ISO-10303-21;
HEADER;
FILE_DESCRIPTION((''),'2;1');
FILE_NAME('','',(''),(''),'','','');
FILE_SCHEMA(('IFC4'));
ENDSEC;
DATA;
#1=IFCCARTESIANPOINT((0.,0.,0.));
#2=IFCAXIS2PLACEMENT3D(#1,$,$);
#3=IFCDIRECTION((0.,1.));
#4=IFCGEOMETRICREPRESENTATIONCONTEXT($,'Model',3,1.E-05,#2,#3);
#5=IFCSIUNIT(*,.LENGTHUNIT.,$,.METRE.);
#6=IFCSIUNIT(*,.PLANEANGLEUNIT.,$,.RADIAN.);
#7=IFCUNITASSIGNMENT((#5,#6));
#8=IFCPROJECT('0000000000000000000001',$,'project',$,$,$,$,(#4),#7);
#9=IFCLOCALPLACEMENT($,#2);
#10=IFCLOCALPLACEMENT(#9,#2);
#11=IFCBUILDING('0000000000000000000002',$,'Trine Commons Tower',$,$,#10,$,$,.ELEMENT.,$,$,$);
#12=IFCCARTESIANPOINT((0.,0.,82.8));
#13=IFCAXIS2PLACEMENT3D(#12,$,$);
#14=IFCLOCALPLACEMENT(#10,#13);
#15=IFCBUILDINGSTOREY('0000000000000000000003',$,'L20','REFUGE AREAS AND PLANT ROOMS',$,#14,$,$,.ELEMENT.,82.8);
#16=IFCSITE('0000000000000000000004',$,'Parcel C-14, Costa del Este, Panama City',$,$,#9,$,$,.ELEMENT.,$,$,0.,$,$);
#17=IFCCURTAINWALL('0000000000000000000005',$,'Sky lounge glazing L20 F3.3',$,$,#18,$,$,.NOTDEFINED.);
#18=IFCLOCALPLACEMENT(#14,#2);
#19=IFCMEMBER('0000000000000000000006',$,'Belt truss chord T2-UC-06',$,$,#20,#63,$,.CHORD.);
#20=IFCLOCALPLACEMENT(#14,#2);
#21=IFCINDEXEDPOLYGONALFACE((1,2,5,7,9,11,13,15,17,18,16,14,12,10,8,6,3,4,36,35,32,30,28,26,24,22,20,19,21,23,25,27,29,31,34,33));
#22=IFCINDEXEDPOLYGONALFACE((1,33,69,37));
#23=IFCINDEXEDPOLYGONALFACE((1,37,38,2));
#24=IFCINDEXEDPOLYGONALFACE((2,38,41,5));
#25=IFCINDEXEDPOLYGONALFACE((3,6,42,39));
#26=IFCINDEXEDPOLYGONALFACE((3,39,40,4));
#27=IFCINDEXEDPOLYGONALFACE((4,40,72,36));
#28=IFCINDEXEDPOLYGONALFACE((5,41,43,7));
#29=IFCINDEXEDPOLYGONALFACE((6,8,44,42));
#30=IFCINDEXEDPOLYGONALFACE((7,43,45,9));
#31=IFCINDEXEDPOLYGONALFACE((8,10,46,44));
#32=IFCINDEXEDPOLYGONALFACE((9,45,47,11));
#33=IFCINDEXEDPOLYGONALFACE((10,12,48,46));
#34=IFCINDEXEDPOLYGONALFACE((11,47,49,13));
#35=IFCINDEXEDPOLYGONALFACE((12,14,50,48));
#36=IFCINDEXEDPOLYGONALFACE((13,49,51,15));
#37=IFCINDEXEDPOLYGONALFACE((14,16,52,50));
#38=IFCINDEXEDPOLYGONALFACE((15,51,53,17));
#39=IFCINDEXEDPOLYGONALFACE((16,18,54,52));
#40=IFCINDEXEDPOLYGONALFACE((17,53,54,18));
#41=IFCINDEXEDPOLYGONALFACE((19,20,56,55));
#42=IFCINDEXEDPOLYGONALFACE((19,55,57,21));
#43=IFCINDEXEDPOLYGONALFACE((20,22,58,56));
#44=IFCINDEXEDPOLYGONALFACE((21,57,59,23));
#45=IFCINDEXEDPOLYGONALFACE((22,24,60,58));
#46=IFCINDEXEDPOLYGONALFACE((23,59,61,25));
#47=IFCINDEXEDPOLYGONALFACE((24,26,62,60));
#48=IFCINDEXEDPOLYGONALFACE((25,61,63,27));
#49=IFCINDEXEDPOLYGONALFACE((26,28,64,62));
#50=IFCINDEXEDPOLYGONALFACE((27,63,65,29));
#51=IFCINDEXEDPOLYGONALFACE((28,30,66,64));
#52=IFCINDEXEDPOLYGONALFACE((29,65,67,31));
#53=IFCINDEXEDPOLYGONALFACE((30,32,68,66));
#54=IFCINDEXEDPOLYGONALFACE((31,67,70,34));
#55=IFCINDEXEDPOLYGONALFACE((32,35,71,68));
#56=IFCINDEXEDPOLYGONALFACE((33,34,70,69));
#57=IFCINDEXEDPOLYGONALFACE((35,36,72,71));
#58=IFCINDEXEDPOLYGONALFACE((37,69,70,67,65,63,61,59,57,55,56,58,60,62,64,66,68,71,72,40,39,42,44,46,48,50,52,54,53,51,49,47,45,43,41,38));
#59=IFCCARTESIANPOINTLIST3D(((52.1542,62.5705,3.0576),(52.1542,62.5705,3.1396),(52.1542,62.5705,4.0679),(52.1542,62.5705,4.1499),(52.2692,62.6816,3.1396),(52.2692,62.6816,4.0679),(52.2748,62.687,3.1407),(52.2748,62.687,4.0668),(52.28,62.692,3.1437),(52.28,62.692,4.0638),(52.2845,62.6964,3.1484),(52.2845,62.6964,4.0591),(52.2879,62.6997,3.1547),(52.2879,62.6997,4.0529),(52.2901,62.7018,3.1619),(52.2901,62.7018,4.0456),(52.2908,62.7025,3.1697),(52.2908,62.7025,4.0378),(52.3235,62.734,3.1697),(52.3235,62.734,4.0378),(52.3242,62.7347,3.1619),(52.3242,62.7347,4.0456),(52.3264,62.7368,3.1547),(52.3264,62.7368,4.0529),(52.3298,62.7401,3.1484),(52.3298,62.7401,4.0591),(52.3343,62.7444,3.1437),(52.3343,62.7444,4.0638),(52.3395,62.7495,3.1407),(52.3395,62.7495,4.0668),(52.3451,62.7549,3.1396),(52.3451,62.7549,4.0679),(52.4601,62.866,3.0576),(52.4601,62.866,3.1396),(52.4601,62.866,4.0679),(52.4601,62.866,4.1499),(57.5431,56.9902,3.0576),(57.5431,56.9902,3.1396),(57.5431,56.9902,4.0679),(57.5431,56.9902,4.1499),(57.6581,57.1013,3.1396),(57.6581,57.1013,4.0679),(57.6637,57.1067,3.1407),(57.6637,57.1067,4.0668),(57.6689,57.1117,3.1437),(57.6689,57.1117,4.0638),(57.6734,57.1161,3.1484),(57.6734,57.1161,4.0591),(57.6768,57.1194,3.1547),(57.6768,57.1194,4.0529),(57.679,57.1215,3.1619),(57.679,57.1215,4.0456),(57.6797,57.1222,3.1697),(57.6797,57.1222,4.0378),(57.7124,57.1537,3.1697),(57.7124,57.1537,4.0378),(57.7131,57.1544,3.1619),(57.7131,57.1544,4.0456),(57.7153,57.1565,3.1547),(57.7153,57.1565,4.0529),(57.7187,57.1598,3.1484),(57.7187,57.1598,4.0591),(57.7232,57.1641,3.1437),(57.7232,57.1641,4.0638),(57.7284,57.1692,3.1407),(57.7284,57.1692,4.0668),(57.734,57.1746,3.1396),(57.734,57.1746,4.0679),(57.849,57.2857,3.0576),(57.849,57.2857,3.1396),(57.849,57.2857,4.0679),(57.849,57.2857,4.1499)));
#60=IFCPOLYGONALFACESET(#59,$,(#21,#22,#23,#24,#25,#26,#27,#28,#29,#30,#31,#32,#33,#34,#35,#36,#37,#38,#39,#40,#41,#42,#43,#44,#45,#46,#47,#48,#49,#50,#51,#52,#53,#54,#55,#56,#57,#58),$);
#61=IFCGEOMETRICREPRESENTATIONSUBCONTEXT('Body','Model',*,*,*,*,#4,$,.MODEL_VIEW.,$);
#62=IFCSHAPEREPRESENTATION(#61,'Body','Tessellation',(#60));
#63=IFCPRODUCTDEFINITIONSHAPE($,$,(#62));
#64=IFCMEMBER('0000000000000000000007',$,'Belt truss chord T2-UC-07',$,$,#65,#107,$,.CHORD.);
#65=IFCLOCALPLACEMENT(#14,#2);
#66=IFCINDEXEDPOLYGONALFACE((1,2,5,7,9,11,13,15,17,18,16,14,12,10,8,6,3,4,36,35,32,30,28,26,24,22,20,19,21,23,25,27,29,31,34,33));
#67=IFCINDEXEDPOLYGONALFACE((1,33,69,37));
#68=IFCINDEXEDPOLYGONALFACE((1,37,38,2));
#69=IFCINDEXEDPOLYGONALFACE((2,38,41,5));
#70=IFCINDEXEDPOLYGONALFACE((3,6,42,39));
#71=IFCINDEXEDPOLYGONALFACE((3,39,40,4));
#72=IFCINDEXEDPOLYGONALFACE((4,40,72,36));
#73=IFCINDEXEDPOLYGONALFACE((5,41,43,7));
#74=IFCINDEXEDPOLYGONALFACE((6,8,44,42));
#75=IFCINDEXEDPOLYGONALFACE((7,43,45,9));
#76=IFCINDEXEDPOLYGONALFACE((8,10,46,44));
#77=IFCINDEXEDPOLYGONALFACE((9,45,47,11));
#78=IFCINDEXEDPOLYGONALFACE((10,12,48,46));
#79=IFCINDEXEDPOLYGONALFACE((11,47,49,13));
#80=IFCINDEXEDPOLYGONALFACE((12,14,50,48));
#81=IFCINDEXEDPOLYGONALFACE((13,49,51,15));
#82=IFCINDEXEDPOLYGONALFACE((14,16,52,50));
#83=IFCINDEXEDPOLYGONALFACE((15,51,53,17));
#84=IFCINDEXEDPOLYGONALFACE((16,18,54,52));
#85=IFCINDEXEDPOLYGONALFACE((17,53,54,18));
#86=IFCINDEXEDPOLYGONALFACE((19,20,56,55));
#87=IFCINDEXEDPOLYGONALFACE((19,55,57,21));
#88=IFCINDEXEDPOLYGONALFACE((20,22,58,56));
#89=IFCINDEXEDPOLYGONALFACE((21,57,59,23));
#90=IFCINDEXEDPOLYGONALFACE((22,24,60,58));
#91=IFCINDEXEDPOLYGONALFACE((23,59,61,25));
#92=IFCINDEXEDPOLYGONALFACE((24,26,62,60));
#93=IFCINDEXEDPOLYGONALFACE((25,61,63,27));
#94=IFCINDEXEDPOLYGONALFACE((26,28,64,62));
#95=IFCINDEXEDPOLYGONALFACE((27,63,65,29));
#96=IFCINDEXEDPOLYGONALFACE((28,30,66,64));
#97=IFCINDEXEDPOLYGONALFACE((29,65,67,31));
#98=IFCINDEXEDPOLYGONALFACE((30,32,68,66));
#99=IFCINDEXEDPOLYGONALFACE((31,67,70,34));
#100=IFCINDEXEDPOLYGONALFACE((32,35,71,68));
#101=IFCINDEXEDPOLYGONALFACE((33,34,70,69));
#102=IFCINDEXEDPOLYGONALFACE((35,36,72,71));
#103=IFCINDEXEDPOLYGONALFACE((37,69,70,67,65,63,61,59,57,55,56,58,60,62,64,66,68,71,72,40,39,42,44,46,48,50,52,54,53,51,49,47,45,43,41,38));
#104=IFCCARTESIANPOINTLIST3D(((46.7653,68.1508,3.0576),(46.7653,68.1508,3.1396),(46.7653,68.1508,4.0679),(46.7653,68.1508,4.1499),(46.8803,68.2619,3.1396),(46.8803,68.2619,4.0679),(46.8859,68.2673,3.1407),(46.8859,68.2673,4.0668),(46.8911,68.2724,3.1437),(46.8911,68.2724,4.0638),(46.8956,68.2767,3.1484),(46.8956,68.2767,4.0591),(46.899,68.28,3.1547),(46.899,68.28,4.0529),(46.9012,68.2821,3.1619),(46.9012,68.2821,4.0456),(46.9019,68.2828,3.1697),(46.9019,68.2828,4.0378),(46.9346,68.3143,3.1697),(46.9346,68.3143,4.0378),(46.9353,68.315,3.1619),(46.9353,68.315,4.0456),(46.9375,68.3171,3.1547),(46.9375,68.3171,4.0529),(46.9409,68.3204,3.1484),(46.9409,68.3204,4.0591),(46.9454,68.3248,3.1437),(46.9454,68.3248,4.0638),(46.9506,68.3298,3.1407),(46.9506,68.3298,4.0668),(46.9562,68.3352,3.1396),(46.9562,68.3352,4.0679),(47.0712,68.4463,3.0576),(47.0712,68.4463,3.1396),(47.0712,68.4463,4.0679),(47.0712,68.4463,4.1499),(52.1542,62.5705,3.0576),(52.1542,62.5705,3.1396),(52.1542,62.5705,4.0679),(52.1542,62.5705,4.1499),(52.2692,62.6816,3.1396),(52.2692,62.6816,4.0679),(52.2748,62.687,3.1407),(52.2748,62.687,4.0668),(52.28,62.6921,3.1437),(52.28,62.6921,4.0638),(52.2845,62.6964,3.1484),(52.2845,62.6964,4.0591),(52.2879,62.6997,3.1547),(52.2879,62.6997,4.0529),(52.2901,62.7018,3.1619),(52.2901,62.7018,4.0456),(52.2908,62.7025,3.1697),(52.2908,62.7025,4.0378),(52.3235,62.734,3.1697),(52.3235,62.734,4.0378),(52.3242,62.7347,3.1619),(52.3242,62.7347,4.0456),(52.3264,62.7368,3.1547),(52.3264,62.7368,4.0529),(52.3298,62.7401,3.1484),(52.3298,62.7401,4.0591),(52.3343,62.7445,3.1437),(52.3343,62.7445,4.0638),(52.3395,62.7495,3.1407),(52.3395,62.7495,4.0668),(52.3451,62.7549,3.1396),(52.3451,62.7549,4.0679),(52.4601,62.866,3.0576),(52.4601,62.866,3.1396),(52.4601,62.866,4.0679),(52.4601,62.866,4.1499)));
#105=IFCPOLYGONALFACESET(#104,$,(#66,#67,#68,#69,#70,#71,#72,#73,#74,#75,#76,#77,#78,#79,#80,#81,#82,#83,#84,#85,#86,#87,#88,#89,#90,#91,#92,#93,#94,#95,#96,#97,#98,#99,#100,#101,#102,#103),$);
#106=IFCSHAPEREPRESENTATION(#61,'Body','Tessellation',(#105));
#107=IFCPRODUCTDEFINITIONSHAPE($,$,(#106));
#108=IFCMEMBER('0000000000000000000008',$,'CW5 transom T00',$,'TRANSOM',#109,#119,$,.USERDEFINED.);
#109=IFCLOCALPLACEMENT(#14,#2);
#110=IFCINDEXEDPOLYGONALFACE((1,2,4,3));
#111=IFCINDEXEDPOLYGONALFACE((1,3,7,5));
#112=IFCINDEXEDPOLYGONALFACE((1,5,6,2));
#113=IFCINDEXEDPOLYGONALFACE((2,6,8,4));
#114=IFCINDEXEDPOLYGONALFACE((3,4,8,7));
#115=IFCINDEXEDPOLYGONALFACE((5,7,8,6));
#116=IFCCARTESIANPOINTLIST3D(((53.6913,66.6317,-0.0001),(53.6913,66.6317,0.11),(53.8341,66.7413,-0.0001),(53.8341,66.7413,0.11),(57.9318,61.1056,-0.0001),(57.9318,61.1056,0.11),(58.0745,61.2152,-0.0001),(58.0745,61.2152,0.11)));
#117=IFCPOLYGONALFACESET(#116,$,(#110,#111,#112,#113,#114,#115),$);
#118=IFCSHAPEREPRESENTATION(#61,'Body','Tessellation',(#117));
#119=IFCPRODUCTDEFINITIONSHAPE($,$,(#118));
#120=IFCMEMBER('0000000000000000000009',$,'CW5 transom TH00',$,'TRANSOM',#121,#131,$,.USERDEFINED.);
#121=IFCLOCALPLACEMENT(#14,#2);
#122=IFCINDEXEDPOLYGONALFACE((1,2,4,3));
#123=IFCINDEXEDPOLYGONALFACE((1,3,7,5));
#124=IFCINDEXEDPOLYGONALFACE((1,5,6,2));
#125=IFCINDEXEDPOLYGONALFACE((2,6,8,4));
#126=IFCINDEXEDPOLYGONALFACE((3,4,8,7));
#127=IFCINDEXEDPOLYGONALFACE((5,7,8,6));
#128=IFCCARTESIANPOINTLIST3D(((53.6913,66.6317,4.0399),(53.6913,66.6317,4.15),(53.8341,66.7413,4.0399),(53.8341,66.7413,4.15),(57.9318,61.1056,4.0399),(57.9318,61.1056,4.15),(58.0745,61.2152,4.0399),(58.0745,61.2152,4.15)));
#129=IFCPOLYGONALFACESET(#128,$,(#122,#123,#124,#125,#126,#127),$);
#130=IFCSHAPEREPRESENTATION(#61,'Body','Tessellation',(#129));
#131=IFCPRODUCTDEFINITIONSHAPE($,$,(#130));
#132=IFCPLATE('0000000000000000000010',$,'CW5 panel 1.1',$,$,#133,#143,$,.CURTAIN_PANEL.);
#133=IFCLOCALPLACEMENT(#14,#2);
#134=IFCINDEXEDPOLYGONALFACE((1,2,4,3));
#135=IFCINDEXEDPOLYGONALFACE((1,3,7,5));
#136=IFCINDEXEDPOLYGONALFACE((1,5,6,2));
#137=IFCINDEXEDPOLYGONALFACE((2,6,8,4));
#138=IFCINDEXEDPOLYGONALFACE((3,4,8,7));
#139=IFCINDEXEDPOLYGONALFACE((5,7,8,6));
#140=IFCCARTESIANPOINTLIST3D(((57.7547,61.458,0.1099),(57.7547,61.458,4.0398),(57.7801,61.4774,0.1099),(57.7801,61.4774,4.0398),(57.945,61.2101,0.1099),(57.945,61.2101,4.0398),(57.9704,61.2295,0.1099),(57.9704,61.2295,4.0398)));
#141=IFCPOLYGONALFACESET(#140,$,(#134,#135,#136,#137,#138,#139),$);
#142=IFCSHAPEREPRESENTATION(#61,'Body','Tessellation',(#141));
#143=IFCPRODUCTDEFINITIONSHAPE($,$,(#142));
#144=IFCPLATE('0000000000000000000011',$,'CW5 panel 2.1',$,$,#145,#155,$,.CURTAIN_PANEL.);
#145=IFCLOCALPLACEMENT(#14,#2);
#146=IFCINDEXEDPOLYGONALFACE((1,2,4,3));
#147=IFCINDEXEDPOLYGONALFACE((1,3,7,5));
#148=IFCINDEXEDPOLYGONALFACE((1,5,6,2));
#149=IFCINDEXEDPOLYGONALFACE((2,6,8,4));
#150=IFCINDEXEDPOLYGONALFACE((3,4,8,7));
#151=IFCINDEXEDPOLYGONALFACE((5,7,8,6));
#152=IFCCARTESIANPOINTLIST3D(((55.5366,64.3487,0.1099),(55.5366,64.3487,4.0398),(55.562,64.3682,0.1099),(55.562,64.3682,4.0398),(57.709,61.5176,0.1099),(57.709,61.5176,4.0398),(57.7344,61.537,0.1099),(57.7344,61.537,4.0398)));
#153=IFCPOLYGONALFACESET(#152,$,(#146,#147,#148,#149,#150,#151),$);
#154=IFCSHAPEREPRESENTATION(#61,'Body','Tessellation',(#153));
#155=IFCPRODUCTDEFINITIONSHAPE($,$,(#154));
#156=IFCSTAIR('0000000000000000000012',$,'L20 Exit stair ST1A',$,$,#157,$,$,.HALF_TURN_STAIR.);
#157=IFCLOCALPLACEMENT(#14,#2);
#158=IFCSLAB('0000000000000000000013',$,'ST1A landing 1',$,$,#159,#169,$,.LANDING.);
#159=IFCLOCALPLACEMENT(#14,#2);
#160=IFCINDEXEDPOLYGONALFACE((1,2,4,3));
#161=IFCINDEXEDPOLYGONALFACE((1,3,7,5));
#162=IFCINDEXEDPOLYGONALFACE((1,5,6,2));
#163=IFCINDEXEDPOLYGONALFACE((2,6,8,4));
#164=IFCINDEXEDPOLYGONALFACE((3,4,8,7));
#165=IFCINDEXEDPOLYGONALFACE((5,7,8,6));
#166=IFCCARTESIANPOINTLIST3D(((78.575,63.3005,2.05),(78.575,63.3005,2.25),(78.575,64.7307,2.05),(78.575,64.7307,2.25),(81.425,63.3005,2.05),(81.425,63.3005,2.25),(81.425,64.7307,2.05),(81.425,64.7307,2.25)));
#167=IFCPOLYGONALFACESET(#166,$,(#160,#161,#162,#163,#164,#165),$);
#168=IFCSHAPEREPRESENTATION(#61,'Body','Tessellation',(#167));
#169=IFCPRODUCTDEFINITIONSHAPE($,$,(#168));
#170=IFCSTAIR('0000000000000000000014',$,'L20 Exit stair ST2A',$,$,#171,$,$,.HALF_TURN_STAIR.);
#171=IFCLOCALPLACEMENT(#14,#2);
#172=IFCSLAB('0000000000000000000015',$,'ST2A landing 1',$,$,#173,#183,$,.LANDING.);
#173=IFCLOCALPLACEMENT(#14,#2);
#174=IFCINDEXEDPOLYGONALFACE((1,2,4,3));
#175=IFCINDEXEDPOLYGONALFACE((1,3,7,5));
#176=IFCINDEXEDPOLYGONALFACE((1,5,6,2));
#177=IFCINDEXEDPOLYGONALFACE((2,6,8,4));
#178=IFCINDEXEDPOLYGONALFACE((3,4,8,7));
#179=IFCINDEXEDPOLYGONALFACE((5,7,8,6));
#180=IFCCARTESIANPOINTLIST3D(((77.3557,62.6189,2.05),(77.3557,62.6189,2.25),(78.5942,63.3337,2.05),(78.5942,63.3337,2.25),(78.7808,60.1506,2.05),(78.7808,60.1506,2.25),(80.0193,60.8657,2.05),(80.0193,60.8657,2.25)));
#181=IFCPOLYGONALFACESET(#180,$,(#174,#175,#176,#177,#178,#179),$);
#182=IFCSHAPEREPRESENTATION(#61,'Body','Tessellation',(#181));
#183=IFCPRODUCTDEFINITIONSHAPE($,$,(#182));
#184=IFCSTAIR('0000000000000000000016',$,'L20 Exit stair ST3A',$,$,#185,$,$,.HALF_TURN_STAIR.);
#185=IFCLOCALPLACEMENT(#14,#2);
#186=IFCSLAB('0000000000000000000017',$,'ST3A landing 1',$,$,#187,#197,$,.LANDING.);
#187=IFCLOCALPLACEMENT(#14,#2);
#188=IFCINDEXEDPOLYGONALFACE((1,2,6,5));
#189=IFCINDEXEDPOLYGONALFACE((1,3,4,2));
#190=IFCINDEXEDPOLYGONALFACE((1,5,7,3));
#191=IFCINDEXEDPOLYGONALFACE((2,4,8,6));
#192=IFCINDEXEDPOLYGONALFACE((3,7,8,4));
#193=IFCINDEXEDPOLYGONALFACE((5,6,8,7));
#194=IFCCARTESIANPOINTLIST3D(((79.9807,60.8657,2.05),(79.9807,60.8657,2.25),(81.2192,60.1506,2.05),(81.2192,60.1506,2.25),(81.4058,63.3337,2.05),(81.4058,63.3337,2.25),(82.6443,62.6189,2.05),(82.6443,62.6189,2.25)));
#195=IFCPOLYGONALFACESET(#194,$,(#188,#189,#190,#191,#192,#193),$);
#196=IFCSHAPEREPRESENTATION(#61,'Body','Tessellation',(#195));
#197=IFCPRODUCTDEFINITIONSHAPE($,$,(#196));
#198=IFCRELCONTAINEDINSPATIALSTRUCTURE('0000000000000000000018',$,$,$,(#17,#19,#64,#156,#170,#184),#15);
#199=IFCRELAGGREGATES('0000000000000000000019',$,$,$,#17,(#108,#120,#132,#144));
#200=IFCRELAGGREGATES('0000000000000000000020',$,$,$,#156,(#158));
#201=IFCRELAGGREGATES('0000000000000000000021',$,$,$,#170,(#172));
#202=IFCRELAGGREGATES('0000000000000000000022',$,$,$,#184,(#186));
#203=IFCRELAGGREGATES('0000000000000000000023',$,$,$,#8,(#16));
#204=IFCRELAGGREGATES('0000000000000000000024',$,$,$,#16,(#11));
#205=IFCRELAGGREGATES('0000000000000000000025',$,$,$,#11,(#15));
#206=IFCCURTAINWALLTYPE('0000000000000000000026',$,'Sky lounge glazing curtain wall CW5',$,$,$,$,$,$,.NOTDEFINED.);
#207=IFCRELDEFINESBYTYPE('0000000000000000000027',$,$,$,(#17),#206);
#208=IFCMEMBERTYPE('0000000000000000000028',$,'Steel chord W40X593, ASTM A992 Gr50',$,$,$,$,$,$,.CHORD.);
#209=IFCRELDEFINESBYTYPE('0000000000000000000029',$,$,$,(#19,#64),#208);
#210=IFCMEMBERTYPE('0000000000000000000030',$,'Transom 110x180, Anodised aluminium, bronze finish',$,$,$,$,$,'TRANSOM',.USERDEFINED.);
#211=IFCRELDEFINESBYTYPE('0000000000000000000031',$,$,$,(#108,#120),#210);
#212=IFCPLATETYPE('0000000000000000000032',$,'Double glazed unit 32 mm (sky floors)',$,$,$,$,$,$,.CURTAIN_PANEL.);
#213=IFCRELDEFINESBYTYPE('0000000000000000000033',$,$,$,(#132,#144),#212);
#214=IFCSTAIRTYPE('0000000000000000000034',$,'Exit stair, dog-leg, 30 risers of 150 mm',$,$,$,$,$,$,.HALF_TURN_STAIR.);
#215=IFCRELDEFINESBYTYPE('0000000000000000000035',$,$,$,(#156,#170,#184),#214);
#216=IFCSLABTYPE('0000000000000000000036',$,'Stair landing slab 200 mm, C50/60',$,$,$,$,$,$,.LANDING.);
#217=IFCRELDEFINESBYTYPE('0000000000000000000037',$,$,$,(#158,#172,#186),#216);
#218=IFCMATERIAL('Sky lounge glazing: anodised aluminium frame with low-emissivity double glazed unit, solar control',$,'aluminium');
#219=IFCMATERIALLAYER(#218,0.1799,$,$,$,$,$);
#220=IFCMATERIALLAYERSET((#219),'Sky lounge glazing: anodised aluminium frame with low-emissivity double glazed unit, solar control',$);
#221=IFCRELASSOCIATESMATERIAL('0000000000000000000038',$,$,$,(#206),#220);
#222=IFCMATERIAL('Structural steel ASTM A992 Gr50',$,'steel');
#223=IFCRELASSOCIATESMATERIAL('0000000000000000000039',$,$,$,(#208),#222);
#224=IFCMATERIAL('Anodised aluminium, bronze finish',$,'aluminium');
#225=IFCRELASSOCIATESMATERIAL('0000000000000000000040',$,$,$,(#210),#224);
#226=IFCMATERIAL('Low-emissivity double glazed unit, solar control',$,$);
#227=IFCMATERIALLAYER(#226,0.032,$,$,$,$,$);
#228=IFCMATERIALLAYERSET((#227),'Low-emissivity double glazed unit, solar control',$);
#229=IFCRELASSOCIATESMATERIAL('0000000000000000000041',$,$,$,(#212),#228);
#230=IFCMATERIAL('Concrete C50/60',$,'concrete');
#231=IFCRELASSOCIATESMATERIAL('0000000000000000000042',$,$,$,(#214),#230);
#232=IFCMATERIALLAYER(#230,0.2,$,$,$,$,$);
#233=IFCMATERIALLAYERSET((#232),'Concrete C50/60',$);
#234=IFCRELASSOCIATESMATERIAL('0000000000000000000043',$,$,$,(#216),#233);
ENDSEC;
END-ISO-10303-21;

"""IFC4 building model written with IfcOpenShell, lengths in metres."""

from ifc_helpers import new_model, si_unit, direction, frame, origin, origin_2d, place, context, subcontext, project, spatial, polyline, rectangle, i_section, outline, extrude, material, layer, layer_set, material_profile, profile_set, type_object, element, aggregate, save


model = new_model("IFC4")

# Units and contexts
model_context = context("Model", 3, precision=1e-05, world=origin(), true_north=direction((0.0, 1.0)))
body_context = subcontext(model_context, "Body", "Model", "MODEL_VIEW")
ifc_project = project(units=[si_unit("LENGTHUNIT", "METRE"), si_unit("PLANEANGLEUNIT", "RADIAN")], contexts=[model_context])

# Site, building, storey
site_placement = place(None, origin())
site = spatial("IfcSite", under=ifc_project, at=site_placement, Name="Parcel C-14, Costa del Este, Panama City", CompositionType="ELEMENT", RefElevation=0.0)
building_placement = place(site_placement, origin())
building = spatial("IfcBuilding", under=site, at=building_placement, Name="Trine Commons Tower", CompositionType="ELEMENT")
storey_placement = place(building_placement, frame((0.0, 0.0, 82.8)))
storey = spatial("IfcBuildingStorey", under=building, at=storey_placement, Name="L20", Description="REFUGE AREAS AND PLANT ROOMS", CompositionType="ELEMENT", Elevation=82.8)

# Shared definitions
ifc_material_1 = material(Name="Sky lounge glazing: anodised aluminium frame with low-emissivity double glazed unit, solar control", Category="aluminium")
ifc_layer_1 = layer(ifc_material_1, 0.1799)
ifc_layer_set_1 = layer_set([ifc_layer_1], Name="Sky lounge glazing: anodised aluminium frame with low-emissivity double glazed unit, solar control")
curtain_wall_type = type_object("IfcCurtainWallType", Name="Sky lounge glazing curtain wall CW5", PredefinedType="NOTDEFINED", material=ifc_layer_set_1)
ifc_material_2 = material(Name="Anodised aluminium, bronze finish", Category="aluminium")

# Curtain wall
curtain_wall_1_placement = place(storey_placement, origin())
curtain_wall_1 = element("IfcCurtainWall", 1, at=curtain_wall_1_placement, inside=storey, type_object=curtain_wall_type, Name="Sky lounge glazing L20 F3.3", PredefinedType="NOTDEFINED")

# Members
ifc_material_3 = material(Name="Structural steel ASTM A992 Gr50", Category="steel")
ifc_material_profile_1 = material_profile(ifc_material_3, i_section(OverallWidth=0.4253, OverallDepth=1.0923, WebThickness=0.0454, FlangeThickness=0.082, FilletRadius=0.03, at=origin_2d()), Name="W40X593")
ifc_profile_set_1 = profile_set([ifc_material_profile_1], Name="Structural steel ASTM A992 Gr50")
member_type_1 = type_object("IfcMemberType", Name="Steel chord W40X593, ASTM A992 Gr50", PredefinedType="CHORD", material=ifc_profile_set_1)
for number, where, z_axis, x_axis, name in (
    (2, (57.696, 57.1379, 3.6038), (-0.694662, 0.719336, 0.0), (-0.719336, -0.694662, 0.0), "Belt truss chord T2-UC-06"),
    (3, (52.3071, 62.7183, 3.6038), (-0.694662, 0.719336, 0.0), (-0.719336, -0.694662, 0.0), "Belt truss chord T2-UC-07"),
):
    element("IfcMember", number, at=place(storey_placement, frame(where, z_axis=z_axis, x_axis=x_axis)), inside=storey, type_object=member_type_1, Name=name, PredefinedType="CHORD", context=body_context, shape_type="SweptSolid", body=[
        extrude(i_section(OverallWidth=0.4253, OverallDepth=1.0923, WebThickness=0.0454, FlangeThickness=0.082, FilletRadius=0.03, at=origin_2d()), origin(), (0.0, 0.0, 1.0), 7.7576),
    ])

# Members
ifc_material_profile_2 = material_profile(ifc_material_2, rectangle(XDim=0.1799, YDim=0.1101, at=origin_2d()), Name="Transom 110x180")
ifc_profile_set_2 = profile_set([ifc_material_profile_2], Name="Anodised aluminium, bronze finish")
member_type_2 = type_object("IfcMemberType", Name="Transom 110x180, Anodised aluminium, bronze finish", ElementType="TRANSOM", PredefinedType="USERDEFINED", material=ifc_profile_set_2)
member_1_placement = place(storey_placement, frame((58.0032, 61.1604, 0.0549), z_axis=(-0.608774, 0.793344, 0.0), x_axis=(-0.793344, -0.608774, 0.0)))
member_1 = element("IfcMember", 4, at=member_1_placement, type_object=member_type_2, Name="CW5 transom T00", ObjectType="TRANSOM", PredefinedType="USERDEFINED", context=body_context, shape_type="SweptSolid", body=[
    extrude(rectangle(XDim=0.1799, YDim=0.1101, at=origin_2d()), origin(), (0.0, 0.0, 1.0), 6.9656),
])
member_2_placement = place(storey_placement, frame((58.0032, 61.1604, 4.095), z_axis=(-0.608774, 0.793344, 0.0), x_axis=(-0.793344, -0.608774, 0.0)))
member_2 = element("IfcMember", 5, at=member_2_placement, type_object=member_type_2, Name="CW5 transom TH00", ObjectType="TRANSOM", PredefinedType="USERDEFINED", context=body_context, shape_type="SweptSolid", body=[
    extrude(rectangle(XDim=0.1799, YDim=0.1101, at=origin_2d()), origin(), (0.0, 0.0, 1.0), 6.9656),
])

# Plates
ifc_material_4 = material(Name="Low-emissivity double glazed unit, solar control")
ifc_layer_2 = layer(ifc_material_4, 0.032)
ifc_layer_set_2 = layer_set([ifc_layer_2], Name="Low-emissivity double glazed unit, solar control")
plate_type = type_object("IfcPlateType", Name="Double glazed unit 32 mm (sky floors)", PredefinedType="CURTAIN_PANEL", material=ifc_layer_set_2)
plate_1_placement = place(storey_placement, frame((57.8625, 61.3438, 0.1099), z_axis=(0.0, 0.0, 1.0), x_axis=(-0.608761, 0.793353, 0.0)))
plate_1 = element("IfcPlate", 6, at=plate_1_placement, type_object=plate_type, Name="CW5 panel 1.1", PredefinedType="CURTAIN_PANEL", context=body_context, shape_type="SweptSolid", body=[
    extrude(rectangle(XDim=0.3125, YDim=0.032, at=origin_2d()), origin(), (0.0, 0.0, 1.0), 3.9299),
])
plate_2_placement = place(storey_placement, frame((56.6355, 62.9429, 0.1099), z_axis=(0.0, 0.0, 1.0), x_axis=(-0.608761, 0.793353, 0.0)))
plate_2 = element("IfcPlate", 7, at=plate_2_placement, type_object=plate_type, Name="CW5 panel 2.1", PredefinedType="CURTAIN_PANEL", context=body_context, shape_type="SweptSolid", body=[
    extrude(rectangle(XDim=3.5686, YDim=0.032, at=origin_2d()), origin(), (0.0, 0.0, 1.0), 3.9299),
])
aggregate(curtain_wall_1, [member_1, member_2, plate_1, plate_2])

# Stairs, slabs
ifc_material_5 = material(Name="Concrete C50/60", Category="concrete")
stair_type = type_object("IfcStairType", Name="Exit stair, dog-leg, 30 risers of 150 mm", PredefinedType="HALF_TURN_STAIR", material=ifc_material_5)
stair_1_placement = place(storey_placement, origin())
stair_1 = element("IfcStair", 8, at=stair_1_placement, inside=storey, type_object=stair_type, Name="L20 Exit stair ST1A", PredefinedType="HALF_TURN_STAIR")
ifc_layer_3 = layer(ifc_material_5, 0.2)
ifc_layer_set_3 = layer_set([ifc_layer_3], Name="Concrete C50/60")
slab_type = type_object("IfcSlabType", Name="Stair landing slab 200 mm, C50/60", PredefinedType="LANDING", material=ifc_layer_set_3)
slab_1_placement = place(storey_placement, frame((0.0, 0.0, 2.05)))
slab_1 = element("IfcSlab", 9, at=slab_1_placement, type_object=slab_type, Name="ST1A landing 1", PredefinedType="LANDING", context=body_context, shape_type="SweptSolid", body=[
    extrude(outline(polyline([(78.575, 64.7307), (78.575, 63.3005), (81.425, 63.3005), (81.425, 64.7307), (78.575, 64.7307)])), origin(), (0.0, 0.0, 1.0), 0.2),
])
aggregate(stair_1, [slab_1])
stair_2_placement = place(storey_placement, origin())
stair_2 = element("IfcStair", 10, at=stair_2_placement, inside=storey, type_object=stair_type, Name="L20 Exit stair ST2A", PredefinedType="HALF_TURN_STAIR")
slab_2_placement = place(storey_placement, frame((0.0, 0.0, 2.05)))
slab_2 = element("IfcSlab", 11, at=slab_2_placement, type_object=slab_type, Name="ST2A landing 1", PredefinedType="LANDING", context=body_context, shape_type="SweptSolid", body=[
    extrude(outline(polyline([(78.7808, 60.1506), (80.0193, 60.8657), (78.5942, 63.3337), (77.3557, 62.6189), (78.7808, 60.1506)])), origin(), (0.0, 0.0, 1.0), 0.2),
])
aggregate(stair_2, [slab_2])
stair_3_placement = place(storey_placement, origin())
stair_3 = element("IfcStair", 12, at=stair_3_placement, inside=storey, type_object=stair_type, Name="L20 Exit stair ST3A", PredefinedType="HALF_TURN_STAIR")
slab_3_placement = place(storey_placement, frame((0.0, 0.0, 2.05)))
slab_3 = element("IfcSlab", 13, at=slab_3_placement, type_object=slab_type, Name="ST3A landing 1", PredefinedType="LANDING", context=body_context, shape_type="SweptSolid", body=[
    extrude(outline(polyline([(82.6443, 62.6189), (81.4058, 63.3337), (79.9807, 60.8657), (81.2192, 60.1506), (82.6443, 62.6189)])), origin(), (0.0, 0.0, 1.0), 0.2),
])
aggregate(stair_3, [slab_3])

save(model, "model.ifc")
